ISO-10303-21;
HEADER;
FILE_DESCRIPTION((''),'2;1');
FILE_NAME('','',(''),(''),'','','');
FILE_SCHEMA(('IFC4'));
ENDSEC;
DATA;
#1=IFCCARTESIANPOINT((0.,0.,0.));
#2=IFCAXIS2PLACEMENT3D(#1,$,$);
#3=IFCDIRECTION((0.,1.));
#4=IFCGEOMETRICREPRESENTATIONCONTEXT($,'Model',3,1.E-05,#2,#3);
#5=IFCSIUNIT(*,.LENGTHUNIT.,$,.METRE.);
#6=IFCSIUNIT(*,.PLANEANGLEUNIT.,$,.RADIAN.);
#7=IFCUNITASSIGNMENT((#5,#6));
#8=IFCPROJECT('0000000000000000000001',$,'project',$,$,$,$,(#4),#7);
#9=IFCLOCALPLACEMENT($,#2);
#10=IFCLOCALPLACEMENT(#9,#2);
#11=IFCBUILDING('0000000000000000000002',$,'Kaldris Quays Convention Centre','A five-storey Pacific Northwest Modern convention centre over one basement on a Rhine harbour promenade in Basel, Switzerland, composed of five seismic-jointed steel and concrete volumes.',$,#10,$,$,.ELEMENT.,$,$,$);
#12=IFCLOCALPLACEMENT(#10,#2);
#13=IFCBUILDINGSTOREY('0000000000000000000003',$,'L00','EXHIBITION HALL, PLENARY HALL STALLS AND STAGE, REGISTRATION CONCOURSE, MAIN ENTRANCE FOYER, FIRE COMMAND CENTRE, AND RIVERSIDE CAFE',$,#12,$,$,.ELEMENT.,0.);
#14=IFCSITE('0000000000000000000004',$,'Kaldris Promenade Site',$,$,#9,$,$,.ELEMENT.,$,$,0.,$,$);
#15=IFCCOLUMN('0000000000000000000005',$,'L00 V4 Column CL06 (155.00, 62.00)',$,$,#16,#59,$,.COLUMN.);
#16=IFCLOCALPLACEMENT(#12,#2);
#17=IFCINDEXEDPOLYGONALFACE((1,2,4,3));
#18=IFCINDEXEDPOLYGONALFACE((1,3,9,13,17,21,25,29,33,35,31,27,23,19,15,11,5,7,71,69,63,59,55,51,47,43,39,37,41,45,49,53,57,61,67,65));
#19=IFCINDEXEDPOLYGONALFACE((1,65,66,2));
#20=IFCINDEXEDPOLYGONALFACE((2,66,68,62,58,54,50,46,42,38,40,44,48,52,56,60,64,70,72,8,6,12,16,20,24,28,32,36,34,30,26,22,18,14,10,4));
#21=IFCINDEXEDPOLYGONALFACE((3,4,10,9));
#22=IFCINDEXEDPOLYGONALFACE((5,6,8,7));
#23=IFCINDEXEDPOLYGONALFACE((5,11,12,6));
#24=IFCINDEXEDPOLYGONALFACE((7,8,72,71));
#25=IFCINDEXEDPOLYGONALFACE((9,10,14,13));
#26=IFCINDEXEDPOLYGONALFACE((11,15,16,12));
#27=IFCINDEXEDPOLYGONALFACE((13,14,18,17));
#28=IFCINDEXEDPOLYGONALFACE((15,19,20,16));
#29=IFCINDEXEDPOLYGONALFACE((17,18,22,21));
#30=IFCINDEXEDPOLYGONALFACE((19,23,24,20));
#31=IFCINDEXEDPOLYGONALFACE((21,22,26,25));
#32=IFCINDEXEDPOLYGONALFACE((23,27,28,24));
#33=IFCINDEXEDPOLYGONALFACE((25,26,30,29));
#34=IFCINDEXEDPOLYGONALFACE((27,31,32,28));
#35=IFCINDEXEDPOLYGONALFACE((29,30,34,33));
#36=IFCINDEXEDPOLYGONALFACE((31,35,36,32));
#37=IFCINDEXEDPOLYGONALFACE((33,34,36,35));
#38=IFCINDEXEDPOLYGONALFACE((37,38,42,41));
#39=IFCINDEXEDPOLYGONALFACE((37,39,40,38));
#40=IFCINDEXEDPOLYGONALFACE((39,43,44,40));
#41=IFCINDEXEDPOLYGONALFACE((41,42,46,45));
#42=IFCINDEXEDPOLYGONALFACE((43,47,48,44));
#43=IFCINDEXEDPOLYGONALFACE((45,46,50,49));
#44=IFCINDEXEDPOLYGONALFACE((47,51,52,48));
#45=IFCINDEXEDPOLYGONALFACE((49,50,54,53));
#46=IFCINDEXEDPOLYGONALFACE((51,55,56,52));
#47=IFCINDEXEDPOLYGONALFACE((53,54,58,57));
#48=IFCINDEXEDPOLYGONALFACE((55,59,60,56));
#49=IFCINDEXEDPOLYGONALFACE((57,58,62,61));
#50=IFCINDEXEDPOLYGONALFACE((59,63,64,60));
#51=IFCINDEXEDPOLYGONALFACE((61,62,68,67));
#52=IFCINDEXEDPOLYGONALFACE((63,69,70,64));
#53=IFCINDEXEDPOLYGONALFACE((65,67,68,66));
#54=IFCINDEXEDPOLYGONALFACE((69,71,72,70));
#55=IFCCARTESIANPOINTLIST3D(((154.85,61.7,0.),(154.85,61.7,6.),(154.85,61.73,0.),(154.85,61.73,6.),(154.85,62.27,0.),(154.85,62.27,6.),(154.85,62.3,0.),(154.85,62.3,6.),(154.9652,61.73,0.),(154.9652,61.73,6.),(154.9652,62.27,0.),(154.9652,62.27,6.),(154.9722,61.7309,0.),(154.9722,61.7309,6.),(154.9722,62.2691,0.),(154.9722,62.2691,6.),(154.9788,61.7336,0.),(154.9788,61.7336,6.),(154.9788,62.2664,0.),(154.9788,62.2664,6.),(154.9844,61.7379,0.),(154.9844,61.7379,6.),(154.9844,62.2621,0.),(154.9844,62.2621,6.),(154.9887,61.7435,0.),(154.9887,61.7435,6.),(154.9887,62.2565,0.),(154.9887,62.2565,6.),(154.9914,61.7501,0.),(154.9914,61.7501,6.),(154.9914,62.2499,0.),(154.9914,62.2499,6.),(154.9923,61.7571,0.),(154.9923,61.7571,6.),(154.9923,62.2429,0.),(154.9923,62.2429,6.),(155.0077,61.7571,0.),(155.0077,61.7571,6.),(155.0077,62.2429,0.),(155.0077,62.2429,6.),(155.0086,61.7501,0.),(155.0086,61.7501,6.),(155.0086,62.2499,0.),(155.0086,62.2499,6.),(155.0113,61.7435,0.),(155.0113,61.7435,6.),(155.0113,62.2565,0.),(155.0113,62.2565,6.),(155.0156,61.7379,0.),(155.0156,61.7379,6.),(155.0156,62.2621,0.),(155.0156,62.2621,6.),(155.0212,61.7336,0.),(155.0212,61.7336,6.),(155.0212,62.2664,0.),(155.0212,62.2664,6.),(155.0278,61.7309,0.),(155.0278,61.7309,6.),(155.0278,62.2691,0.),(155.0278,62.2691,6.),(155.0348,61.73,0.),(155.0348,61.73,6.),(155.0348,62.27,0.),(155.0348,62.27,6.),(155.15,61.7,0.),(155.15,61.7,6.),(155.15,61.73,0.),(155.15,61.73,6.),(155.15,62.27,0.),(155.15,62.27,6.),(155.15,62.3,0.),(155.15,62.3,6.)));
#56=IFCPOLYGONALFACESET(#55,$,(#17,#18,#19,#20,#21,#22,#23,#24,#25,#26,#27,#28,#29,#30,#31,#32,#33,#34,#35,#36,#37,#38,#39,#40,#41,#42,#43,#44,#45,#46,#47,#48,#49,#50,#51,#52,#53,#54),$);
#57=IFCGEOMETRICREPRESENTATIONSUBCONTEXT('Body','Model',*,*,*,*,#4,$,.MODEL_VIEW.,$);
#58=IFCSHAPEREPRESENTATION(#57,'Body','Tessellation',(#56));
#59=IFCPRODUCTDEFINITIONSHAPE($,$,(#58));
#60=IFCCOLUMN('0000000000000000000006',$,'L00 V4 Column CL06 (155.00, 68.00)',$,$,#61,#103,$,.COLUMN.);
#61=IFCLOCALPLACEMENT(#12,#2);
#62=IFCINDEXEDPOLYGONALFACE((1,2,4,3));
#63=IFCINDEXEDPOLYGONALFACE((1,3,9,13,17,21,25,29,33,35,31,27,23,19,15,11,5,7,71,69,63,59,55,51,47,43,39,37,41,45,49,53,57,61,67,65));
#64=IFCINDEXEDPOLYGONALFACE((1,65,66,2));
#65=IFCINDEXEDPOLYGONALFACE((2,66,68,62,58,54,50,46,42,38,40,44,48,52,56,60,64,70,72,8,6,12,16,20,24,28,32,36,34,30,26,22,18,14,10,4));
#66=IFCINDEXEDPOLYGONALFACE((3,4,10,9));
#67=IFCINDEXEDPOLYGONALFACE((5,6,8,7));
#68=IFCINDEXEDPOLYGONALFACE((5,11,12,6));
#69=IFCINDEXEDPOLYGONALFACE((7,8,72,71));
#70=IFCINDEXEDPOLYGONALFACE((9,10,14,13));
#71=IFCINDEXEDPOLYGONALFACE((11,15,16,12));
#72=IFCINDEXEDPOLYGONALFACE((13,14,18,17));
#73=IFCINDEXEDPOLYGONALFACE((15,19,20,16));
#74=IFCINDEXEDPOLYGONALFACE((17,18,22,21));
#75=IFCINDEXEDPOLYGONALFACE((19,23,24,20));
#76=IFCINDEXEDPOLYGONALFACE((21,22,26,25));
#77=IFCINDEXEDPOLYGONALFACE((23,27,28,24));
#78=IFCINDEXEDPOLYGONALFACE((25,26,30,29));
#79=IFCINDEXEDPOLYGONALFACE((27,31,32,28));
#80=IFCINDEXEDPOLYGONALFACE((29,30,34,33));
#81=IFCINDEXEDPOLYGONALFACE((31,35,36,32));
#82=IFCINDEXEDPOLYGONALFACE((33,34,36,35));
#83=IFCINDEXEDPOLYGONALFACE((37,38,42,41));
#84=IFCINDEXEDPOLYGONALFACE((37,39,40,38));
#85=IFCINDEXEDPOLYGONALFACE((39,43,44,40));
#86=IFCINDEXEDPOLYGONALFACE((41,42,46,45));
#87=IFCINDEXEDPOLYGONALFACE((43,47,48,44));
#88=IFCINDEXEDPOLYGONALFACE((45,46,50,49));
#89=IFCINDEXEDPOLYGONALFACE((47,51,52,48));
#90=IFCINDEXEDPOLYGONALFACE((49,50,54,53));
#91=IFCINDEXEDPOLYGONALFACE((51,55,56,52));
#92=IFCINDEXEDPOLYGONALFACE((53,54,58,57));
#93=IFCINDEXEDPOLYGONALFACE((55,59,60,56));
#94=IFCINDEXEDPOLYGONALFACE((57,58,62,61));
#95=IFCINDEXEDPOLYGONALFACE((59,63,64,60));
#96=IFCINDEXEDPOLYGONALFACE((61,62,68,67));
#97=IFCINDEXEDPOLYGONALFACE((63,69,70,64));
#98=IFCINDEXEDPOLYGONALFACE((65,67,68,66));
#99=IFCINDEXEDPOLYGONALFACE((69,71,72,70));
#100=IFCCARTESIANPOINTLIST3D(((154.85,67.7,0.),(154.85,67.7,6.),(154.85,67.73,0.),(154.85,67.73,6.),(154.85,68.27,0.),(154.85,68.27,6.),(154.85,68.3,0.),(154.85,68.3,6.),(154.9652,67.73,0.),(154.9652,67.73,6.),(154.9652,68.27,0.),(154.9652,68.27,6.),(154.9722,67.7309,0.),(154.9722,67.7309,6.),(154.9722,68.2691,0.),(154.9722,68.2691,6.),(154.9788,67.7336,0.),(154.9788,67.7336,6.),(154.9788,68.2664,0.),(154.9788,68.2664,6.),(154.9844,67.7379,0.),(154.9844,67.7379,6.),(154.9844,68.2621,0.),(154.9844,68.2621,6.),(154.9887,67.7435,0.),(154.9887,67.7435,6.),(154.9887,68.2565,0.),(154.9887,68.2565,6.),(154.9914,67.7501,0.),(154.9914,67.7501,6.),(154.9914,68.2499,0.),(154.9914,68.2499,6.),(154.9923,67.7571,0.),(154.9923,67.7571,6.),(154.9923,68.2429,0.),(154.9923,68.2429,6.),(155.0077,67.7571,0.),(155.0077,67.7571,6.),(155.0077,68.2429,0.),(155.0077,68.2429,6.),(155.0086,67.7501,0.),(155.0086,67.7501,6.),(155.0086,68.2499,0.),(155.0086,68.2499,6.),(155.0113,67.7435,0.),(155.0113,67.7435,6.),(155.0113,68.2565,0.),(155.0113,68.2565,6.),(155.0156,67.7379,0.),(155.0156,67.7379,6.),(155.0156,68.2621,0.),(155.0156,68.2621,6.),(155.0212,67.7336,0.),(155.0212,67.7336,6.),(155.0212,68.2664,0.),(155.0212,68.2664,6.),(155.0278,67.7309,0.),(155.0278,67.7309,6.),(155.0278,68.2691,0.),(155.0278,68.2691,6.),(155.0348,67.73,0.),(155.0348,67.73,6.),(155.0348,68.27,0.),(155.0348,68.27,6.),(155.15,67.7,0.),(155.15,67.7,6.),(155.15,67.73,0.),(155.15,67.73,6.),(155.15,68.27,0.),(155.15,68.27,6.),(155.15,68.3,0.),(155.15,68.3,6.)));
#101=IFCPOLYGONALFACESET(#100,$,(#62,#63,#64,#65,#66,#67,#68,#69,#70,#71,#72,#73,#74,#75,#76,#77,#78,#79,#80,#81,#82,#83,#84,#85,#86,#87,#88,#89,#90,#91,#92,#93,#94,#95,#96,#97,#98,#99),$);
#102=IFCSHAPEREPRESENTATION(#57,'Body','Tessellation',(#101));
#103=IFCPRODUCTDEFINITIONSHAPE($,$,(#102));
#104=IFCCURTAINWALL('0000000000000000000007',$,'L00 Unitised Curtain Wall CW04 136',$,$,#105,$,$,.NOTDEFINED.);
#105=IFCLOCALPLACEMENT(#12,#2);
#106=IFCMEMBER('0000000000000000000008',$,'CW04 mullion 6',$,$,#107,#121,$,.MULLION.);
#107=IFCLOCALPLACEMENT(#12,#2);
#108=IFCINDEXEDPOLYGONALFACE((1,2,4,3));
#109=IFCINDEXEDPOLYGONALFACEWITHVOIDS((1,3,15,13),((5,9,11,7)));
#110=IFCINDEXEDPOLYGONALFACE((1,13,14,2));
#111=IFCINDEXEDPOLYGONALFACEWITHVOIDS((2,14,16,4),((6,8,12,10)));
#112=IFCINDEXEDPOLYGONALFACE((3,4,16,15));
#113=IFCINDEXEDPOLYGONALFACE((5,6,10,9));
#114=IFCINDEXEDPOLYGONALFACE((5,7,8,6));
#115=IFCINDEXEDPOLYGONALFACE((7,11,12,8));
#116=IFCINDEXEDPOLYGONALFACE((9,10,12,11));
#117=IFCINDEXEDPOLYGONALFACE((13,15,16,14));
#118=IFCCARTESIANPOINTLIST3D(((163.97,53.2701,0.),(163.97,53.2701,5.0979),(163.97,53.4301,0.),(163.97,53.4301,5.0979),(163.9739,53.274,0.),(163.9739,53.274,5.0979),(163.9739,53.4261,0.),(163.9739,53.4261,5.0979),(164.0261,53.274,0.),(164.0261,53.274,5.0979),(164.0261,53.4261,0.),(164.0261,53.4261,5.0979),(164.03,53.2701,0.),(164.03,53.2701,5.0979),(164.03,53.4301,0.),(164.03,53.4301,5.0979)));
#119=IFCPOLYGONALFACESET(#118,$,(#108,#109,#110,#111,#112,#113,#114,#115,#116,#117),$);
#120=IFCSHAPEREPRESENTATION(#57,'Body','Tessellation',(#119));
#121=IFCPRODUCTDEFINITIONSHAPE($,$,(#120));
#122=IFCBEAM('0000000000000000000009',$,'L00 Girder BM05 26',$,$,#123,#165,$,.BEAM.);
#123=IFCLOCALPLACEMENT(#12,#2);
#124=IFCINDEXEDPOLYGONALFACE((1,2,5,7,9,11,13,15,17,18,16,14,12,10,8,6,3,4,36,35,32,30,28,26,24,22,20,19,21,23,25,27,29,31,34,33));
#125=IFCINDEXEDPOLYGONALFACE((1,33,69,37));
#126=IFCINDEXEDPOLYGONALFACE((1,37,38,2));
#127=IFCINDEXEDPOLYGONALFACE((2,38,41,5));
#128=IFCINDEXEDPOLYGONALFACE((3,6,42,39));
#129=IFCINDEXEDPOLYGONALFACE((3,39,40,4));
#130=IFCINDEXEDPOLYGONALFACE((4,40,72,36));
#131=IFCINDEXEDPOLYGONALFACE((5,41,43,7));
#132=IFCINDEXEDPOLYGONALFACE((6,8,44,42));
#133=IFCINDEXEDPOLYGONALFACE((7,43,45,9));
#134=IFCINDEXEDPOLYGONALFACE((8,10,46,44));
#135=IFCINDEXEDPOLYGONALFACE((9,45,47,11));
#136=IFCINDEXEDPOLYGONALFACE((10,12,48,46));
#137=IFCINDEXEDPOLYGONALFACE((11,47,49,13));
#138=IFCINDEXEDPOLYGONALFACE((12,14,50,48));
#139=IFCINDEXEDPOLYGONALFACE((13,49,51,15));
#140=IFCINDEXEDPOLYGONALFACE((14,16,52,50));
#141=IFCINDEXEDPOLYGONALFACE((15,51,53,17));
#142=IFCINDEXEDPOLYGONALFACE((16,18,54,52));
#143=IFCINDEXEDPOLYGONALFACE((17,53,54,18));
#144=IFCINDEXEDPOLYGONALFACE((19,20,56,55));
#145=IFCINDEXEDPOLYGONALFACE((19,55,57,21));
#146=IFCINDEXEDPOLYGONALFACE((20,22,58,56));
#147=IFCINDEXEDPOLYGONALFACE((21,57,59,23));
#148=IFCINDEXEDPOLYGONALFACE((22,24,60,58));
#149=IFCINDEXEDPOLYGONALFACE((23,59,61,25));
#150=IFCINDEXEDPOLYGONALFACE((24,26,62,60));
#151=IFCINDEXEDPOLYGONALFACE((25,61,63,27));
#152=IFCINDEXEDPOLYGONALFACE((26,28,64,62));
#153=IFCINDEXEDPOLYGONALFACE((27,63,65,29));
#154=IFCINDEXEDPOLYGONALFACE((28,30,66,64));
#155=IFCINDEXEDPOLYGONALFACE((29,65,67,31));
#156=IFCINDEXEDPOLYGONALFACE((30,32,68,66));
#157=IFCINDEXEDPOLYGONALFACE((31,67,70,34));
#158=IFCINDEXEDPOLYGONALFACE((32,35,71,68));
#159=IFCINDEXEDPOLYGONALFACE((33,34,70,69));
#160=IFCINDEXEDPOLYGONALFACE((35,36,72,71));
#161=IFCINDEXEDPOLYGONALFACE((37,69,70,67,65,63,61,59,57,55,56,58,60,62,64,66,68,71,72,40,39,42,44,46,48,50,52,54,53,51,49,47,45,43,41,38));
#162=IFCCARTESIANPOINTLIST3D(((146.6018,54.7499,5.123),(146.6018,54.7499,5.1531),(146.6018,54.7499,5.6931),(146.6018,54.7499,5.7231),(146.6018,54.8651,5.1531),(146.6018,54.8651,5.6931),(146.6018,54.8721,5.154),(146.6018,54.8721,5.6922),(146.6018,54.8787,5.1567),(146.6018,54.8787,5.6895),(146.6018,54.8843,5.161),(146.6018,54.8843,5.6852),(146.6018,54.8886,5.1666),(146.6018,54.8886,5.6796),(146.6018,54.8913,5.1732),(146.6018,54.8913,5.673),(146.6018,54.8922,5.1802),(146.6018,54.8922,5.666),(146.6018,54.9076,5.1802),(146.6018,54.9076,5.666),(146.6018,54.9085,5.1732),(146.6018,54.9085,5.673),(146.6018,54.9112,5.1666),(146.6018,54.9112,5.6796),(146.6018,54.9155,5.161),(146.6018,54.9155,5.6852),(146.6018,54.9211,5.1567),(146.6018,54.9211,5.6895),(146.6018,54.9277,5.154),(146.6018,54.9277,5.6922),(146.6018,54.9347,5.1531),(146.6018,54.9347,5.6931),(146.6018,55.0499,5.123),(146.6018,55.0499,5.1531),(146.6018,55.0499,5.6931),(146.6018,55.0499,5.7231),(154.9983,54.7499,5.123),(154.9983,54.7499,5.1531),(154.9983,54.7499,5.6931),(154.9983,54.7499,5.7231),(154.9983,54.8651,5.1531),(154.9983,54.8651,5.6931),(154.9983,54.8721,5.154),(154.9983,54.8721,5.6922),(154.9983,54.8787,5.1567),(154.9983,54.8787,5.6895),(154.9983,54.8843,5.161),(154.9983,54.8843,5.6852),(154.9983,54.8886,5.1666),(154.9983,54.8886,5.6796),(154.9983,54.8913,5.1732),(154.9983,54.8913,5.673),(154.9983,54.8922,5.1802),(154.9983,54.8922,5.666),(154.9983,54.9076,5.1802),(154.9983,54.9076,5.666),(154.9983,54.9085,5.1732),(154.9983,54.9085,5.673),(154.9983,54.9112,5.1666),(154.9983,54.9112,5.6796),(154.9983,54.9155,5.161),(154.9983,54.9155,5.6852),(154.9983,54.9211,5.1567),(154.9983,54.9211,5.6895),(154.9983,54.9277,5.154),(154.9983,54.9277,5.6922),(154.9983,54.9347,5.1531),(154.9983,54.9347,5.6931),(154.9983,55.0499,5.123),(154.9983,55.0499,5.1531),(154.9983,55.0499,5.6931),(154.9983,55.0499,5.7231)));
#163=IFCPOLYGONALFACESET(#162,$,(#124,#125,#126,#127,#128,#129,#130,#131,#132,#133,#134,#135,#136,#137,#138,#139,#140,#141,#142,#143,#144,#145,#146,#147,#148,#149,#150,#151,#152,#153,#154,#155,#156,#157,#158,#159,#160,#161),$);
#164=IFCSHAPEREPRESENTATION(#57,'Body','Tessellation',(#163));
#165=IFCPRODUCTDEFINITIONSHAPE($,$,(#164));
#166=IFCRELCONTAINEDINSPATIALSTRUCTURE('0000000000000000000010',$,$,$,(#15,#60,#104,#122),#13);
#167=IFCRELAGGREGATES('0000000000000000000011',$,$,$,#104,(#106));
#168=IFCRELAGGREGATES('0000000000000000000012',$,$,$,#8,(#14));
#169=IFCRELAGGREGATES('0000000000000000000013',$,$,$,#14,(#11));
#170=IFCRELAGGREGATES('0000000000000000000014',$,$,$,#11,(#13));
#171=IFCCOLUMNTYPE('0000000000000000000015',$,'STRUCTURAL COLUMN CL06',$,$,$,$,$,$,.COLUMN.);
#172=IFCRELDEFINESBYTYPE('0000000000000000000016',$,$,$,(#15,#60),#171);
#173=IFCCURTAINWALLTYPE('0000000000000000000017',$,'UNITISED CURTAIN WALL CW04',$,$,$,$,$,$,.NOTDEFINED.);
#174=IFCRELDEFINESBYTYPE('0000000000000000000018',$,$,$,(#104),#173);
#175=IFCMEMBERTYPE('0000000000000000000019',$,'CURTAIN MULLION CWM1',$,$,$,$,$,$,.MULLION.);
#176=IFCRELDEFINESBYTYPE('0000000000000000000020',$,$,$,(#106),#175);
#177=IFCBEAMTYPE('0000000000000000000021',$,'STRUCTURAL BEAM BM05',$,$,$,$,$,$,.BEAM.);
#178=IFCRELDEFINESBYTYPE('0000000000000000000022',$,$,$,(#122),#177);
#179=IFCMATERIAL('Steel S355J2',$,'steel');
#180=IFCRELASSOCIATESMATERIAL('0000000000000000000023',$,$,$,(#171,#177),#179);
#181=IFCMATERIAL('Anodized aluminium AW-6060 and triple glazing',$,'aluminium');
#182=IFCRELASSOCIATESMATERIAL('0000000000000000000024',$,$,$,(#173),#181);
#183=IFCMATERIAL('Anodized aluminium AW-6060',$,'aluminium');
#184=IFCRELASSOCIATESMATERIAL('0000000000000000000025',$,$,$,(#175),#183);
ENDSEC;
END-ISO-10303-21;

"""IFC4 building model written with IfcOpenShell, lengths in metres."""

from ifc_helpers import new_model, si_unit, direction, frame, origin, origin_2d, place, context, subcontext, project, spatial, hollow_rectangle, i_section, extrude, material, material_profile, profile_set, type_object, element, aggregate, save


model = new_model("IFC4")

# Units and contexts
model_context = context("Model", 3, precision=1e-05, world=origin(), true_north=direction((0.0, 1.0)))
body_context = subcontext(model_context, "Body", "Model", "MODEL_VIEW")
ifc_project = project(units=[si_unit("LENGTHUNIT", "METRE"), si_unit("PLANEANGLEUNIT", "RADIAN")], contexts=[model_context])

# Site, building, storey
site_placement = place(None, origin())
site = spatial("IfcSite", under=ifc_project, at=site_placement, Name="Kaldris Promenade Site", CompositionType="ELEMENT", RefElevation=0.0)
building_placement = place(site_placement, origin())
building = spatial("IfcBuilding", under=site, at=building_placement, Name="Kaldris Quays Convention Centre", Description="A five-storey Pacific Northwest Modern convention centre over one basement on a Rhine harbour promenade in Basel, Switzerland, composed of five seismic-jointed steel and concrete volumes.", CompositionType="ELEMENT")
storey_placement = place(building_placement, origin())
storey = spatial("IfcBuildingStorey", under=building, at=storey_placement, Name="L00", Description="EXHIBITION HALL, PLENARY HALL STALLS AND STAGE, REGISTRATION CONCOURSE, MAIN ENTRANCE FOYER, FIRE COMMAND CENTRE, AND RIVERSIDE CAFE", CompositionType="ELEMENT", Elevation=0.0)

# Columns
ifc_material_1 = material(Name="Steel S355J2", Category="steel")
ifc_material_profile_1 = material_profile(ifc_material_1, i_section(OverallWidth=0.3, OverallDepth=0.6001, WebThickness=0.0154, FlangeThickness=0.03, FilletRadius=0.0271, at=origin_2d()), Name="HEB 600")
ifc_profile_set_1 = profile_set([ifc_material_profile_1], Name="Steel S355J2")
column_type = type_object("IfcColumnType", Name="STRUCTURAL COLUMN CL06", PredefinedType="COLUMN", material=ifc_profile_set_1)
for number, where, z_axis, x_axis, name in (
    (1, (155.0, 62.0, 0.0), (0.0, 0.0, 1.0), (1.0, 0.0, 0.0), "L00 V4 Column CL06 (155.00, 62.00)"),
    (2, (155.0, 68.0, 0.0), (0.0, 0.0, 1.0), (1.0, 0.0, 0.0), "L00 V4 Column CL06 (155.00, 68.00)"),
):
    element("IfcColumn", number, at=place(storey_placement, frame(where, z_axis=z_axis, x_axis=x_axis)), inside=storey, type_object=column_type, Name=name, PredefinedType="COLUMN", context=body_context, shape_type="SweptSolid", body=[
        extrude(i_section(OverallWidth=0.3, OverallDepth=0.6001, WebThickness=0.0154, FlangeThickness=0.03, FilletRadius=0.0271, at=origin_2d()), origin(), (0.0, 0.0, 1.0), 6.0),
    ])

# Curtain wall, member
ifc_material_2 = material(Name="Anodized aluminium AW-6060 and triple glazing", Category="aluminium")
curtain_wall_type = type_object("IfcCurtainWallType", Name="UNITISED CURTAIN WALL CW04", PredefinedType="NOTDEFINED", material=ifc_material_2)
curtain_wall_placement = place(storey_placement, origin())
curtain_wall = element("IfcCurtainWall", 3, at=curtain_wall_placement, inside=storey, type_object=curtain_wall_type, Name="L00 Unitised Curtain Wall CW04 136", PredefinedType="NOTDEFINED")
ifc_material_3 = material(Name="Anodized aluminium AW-6060", Category="aluminium")
ifc_material_profile_2 = material_profile(ifc_material_3, hollow_rectangle(XDim=0.0601, YDim=0.1599, WallThickness=0.0039, at=origin_2d()), Name="RHS 160x60x4")
ifc_profile_set_2 = profile_set([ifc_material_profile_2], Name="Anodized aluminium AW-6060")
member_type = type_object("IfcMemberType", Name="CURTAIN MULLION CWM1", PredefinedType="MULLION", material=ifc_profile_set_2)
member_placement = place(storey_placement, frame((164.0, 53.3501, 0.0), z_axis=(0.0, 0.0, 1.0), x_axis=(-1.0, 0.0, 0.0)))
member = element("IfcMember", 4, at=member_placement, type_object=member_type, Name="CW04 mullion 6", PredefinedType="MULLION", context=body_context, shape_type="SweptSolid", body=[
    extrude(hollow_rectangle(XDim=0.0601, YDim=0.1599, WallThickness=0.0039, at=origin_2d()), origin(), (0.0, 0.0, 1.0), 5.0979),
])

# Beam
ifc_material_profile_3 = material_profile(ifc_material_1, i_section(OverallWidth=0.3, OverallDepth=0.6001, WebThickness=0.0154, FlangeThickness=0.03, FilletRadius=0.0271, at=origin_2d()), Name="HEB 600")
ifc_profile_set_3 = profile_set([ifc_material_profile_3], Name="Steel S355J2")
beam_type_1 = type_object("IfcBeamType", Name="STRUCTURAL BEAM BM05", PredefinedType="BEAM", material=ifc_profile_set_3)
beam_1_placement = place(storey_placement, frame((146.6018, 54.8999, 5.4231), z_axis=(1.0, 0.0, 0.0), x_axis=(0.0, 1.0, 0.0)))
element("IfcBeam", 5, at=beam_1_placement, inside=storey, type_object=beam_type_1, Name="L00 Girder BM05 26", PredefinedType="BEAM", context=body_context, shape_type="SweptSolid", body=[
    extrude(i_section(OverallWidth=0.3, OverallDepth=0.6001, WebThickness=0.0154, FlangeThickness=0.03, FilletRadius=0.0271, at=origin_2d()), origin(), (0.0, 0.0, 1.0), 8.3965),
])

aggregate(curtain_wall, [member])

save(model, "model.ifc")
